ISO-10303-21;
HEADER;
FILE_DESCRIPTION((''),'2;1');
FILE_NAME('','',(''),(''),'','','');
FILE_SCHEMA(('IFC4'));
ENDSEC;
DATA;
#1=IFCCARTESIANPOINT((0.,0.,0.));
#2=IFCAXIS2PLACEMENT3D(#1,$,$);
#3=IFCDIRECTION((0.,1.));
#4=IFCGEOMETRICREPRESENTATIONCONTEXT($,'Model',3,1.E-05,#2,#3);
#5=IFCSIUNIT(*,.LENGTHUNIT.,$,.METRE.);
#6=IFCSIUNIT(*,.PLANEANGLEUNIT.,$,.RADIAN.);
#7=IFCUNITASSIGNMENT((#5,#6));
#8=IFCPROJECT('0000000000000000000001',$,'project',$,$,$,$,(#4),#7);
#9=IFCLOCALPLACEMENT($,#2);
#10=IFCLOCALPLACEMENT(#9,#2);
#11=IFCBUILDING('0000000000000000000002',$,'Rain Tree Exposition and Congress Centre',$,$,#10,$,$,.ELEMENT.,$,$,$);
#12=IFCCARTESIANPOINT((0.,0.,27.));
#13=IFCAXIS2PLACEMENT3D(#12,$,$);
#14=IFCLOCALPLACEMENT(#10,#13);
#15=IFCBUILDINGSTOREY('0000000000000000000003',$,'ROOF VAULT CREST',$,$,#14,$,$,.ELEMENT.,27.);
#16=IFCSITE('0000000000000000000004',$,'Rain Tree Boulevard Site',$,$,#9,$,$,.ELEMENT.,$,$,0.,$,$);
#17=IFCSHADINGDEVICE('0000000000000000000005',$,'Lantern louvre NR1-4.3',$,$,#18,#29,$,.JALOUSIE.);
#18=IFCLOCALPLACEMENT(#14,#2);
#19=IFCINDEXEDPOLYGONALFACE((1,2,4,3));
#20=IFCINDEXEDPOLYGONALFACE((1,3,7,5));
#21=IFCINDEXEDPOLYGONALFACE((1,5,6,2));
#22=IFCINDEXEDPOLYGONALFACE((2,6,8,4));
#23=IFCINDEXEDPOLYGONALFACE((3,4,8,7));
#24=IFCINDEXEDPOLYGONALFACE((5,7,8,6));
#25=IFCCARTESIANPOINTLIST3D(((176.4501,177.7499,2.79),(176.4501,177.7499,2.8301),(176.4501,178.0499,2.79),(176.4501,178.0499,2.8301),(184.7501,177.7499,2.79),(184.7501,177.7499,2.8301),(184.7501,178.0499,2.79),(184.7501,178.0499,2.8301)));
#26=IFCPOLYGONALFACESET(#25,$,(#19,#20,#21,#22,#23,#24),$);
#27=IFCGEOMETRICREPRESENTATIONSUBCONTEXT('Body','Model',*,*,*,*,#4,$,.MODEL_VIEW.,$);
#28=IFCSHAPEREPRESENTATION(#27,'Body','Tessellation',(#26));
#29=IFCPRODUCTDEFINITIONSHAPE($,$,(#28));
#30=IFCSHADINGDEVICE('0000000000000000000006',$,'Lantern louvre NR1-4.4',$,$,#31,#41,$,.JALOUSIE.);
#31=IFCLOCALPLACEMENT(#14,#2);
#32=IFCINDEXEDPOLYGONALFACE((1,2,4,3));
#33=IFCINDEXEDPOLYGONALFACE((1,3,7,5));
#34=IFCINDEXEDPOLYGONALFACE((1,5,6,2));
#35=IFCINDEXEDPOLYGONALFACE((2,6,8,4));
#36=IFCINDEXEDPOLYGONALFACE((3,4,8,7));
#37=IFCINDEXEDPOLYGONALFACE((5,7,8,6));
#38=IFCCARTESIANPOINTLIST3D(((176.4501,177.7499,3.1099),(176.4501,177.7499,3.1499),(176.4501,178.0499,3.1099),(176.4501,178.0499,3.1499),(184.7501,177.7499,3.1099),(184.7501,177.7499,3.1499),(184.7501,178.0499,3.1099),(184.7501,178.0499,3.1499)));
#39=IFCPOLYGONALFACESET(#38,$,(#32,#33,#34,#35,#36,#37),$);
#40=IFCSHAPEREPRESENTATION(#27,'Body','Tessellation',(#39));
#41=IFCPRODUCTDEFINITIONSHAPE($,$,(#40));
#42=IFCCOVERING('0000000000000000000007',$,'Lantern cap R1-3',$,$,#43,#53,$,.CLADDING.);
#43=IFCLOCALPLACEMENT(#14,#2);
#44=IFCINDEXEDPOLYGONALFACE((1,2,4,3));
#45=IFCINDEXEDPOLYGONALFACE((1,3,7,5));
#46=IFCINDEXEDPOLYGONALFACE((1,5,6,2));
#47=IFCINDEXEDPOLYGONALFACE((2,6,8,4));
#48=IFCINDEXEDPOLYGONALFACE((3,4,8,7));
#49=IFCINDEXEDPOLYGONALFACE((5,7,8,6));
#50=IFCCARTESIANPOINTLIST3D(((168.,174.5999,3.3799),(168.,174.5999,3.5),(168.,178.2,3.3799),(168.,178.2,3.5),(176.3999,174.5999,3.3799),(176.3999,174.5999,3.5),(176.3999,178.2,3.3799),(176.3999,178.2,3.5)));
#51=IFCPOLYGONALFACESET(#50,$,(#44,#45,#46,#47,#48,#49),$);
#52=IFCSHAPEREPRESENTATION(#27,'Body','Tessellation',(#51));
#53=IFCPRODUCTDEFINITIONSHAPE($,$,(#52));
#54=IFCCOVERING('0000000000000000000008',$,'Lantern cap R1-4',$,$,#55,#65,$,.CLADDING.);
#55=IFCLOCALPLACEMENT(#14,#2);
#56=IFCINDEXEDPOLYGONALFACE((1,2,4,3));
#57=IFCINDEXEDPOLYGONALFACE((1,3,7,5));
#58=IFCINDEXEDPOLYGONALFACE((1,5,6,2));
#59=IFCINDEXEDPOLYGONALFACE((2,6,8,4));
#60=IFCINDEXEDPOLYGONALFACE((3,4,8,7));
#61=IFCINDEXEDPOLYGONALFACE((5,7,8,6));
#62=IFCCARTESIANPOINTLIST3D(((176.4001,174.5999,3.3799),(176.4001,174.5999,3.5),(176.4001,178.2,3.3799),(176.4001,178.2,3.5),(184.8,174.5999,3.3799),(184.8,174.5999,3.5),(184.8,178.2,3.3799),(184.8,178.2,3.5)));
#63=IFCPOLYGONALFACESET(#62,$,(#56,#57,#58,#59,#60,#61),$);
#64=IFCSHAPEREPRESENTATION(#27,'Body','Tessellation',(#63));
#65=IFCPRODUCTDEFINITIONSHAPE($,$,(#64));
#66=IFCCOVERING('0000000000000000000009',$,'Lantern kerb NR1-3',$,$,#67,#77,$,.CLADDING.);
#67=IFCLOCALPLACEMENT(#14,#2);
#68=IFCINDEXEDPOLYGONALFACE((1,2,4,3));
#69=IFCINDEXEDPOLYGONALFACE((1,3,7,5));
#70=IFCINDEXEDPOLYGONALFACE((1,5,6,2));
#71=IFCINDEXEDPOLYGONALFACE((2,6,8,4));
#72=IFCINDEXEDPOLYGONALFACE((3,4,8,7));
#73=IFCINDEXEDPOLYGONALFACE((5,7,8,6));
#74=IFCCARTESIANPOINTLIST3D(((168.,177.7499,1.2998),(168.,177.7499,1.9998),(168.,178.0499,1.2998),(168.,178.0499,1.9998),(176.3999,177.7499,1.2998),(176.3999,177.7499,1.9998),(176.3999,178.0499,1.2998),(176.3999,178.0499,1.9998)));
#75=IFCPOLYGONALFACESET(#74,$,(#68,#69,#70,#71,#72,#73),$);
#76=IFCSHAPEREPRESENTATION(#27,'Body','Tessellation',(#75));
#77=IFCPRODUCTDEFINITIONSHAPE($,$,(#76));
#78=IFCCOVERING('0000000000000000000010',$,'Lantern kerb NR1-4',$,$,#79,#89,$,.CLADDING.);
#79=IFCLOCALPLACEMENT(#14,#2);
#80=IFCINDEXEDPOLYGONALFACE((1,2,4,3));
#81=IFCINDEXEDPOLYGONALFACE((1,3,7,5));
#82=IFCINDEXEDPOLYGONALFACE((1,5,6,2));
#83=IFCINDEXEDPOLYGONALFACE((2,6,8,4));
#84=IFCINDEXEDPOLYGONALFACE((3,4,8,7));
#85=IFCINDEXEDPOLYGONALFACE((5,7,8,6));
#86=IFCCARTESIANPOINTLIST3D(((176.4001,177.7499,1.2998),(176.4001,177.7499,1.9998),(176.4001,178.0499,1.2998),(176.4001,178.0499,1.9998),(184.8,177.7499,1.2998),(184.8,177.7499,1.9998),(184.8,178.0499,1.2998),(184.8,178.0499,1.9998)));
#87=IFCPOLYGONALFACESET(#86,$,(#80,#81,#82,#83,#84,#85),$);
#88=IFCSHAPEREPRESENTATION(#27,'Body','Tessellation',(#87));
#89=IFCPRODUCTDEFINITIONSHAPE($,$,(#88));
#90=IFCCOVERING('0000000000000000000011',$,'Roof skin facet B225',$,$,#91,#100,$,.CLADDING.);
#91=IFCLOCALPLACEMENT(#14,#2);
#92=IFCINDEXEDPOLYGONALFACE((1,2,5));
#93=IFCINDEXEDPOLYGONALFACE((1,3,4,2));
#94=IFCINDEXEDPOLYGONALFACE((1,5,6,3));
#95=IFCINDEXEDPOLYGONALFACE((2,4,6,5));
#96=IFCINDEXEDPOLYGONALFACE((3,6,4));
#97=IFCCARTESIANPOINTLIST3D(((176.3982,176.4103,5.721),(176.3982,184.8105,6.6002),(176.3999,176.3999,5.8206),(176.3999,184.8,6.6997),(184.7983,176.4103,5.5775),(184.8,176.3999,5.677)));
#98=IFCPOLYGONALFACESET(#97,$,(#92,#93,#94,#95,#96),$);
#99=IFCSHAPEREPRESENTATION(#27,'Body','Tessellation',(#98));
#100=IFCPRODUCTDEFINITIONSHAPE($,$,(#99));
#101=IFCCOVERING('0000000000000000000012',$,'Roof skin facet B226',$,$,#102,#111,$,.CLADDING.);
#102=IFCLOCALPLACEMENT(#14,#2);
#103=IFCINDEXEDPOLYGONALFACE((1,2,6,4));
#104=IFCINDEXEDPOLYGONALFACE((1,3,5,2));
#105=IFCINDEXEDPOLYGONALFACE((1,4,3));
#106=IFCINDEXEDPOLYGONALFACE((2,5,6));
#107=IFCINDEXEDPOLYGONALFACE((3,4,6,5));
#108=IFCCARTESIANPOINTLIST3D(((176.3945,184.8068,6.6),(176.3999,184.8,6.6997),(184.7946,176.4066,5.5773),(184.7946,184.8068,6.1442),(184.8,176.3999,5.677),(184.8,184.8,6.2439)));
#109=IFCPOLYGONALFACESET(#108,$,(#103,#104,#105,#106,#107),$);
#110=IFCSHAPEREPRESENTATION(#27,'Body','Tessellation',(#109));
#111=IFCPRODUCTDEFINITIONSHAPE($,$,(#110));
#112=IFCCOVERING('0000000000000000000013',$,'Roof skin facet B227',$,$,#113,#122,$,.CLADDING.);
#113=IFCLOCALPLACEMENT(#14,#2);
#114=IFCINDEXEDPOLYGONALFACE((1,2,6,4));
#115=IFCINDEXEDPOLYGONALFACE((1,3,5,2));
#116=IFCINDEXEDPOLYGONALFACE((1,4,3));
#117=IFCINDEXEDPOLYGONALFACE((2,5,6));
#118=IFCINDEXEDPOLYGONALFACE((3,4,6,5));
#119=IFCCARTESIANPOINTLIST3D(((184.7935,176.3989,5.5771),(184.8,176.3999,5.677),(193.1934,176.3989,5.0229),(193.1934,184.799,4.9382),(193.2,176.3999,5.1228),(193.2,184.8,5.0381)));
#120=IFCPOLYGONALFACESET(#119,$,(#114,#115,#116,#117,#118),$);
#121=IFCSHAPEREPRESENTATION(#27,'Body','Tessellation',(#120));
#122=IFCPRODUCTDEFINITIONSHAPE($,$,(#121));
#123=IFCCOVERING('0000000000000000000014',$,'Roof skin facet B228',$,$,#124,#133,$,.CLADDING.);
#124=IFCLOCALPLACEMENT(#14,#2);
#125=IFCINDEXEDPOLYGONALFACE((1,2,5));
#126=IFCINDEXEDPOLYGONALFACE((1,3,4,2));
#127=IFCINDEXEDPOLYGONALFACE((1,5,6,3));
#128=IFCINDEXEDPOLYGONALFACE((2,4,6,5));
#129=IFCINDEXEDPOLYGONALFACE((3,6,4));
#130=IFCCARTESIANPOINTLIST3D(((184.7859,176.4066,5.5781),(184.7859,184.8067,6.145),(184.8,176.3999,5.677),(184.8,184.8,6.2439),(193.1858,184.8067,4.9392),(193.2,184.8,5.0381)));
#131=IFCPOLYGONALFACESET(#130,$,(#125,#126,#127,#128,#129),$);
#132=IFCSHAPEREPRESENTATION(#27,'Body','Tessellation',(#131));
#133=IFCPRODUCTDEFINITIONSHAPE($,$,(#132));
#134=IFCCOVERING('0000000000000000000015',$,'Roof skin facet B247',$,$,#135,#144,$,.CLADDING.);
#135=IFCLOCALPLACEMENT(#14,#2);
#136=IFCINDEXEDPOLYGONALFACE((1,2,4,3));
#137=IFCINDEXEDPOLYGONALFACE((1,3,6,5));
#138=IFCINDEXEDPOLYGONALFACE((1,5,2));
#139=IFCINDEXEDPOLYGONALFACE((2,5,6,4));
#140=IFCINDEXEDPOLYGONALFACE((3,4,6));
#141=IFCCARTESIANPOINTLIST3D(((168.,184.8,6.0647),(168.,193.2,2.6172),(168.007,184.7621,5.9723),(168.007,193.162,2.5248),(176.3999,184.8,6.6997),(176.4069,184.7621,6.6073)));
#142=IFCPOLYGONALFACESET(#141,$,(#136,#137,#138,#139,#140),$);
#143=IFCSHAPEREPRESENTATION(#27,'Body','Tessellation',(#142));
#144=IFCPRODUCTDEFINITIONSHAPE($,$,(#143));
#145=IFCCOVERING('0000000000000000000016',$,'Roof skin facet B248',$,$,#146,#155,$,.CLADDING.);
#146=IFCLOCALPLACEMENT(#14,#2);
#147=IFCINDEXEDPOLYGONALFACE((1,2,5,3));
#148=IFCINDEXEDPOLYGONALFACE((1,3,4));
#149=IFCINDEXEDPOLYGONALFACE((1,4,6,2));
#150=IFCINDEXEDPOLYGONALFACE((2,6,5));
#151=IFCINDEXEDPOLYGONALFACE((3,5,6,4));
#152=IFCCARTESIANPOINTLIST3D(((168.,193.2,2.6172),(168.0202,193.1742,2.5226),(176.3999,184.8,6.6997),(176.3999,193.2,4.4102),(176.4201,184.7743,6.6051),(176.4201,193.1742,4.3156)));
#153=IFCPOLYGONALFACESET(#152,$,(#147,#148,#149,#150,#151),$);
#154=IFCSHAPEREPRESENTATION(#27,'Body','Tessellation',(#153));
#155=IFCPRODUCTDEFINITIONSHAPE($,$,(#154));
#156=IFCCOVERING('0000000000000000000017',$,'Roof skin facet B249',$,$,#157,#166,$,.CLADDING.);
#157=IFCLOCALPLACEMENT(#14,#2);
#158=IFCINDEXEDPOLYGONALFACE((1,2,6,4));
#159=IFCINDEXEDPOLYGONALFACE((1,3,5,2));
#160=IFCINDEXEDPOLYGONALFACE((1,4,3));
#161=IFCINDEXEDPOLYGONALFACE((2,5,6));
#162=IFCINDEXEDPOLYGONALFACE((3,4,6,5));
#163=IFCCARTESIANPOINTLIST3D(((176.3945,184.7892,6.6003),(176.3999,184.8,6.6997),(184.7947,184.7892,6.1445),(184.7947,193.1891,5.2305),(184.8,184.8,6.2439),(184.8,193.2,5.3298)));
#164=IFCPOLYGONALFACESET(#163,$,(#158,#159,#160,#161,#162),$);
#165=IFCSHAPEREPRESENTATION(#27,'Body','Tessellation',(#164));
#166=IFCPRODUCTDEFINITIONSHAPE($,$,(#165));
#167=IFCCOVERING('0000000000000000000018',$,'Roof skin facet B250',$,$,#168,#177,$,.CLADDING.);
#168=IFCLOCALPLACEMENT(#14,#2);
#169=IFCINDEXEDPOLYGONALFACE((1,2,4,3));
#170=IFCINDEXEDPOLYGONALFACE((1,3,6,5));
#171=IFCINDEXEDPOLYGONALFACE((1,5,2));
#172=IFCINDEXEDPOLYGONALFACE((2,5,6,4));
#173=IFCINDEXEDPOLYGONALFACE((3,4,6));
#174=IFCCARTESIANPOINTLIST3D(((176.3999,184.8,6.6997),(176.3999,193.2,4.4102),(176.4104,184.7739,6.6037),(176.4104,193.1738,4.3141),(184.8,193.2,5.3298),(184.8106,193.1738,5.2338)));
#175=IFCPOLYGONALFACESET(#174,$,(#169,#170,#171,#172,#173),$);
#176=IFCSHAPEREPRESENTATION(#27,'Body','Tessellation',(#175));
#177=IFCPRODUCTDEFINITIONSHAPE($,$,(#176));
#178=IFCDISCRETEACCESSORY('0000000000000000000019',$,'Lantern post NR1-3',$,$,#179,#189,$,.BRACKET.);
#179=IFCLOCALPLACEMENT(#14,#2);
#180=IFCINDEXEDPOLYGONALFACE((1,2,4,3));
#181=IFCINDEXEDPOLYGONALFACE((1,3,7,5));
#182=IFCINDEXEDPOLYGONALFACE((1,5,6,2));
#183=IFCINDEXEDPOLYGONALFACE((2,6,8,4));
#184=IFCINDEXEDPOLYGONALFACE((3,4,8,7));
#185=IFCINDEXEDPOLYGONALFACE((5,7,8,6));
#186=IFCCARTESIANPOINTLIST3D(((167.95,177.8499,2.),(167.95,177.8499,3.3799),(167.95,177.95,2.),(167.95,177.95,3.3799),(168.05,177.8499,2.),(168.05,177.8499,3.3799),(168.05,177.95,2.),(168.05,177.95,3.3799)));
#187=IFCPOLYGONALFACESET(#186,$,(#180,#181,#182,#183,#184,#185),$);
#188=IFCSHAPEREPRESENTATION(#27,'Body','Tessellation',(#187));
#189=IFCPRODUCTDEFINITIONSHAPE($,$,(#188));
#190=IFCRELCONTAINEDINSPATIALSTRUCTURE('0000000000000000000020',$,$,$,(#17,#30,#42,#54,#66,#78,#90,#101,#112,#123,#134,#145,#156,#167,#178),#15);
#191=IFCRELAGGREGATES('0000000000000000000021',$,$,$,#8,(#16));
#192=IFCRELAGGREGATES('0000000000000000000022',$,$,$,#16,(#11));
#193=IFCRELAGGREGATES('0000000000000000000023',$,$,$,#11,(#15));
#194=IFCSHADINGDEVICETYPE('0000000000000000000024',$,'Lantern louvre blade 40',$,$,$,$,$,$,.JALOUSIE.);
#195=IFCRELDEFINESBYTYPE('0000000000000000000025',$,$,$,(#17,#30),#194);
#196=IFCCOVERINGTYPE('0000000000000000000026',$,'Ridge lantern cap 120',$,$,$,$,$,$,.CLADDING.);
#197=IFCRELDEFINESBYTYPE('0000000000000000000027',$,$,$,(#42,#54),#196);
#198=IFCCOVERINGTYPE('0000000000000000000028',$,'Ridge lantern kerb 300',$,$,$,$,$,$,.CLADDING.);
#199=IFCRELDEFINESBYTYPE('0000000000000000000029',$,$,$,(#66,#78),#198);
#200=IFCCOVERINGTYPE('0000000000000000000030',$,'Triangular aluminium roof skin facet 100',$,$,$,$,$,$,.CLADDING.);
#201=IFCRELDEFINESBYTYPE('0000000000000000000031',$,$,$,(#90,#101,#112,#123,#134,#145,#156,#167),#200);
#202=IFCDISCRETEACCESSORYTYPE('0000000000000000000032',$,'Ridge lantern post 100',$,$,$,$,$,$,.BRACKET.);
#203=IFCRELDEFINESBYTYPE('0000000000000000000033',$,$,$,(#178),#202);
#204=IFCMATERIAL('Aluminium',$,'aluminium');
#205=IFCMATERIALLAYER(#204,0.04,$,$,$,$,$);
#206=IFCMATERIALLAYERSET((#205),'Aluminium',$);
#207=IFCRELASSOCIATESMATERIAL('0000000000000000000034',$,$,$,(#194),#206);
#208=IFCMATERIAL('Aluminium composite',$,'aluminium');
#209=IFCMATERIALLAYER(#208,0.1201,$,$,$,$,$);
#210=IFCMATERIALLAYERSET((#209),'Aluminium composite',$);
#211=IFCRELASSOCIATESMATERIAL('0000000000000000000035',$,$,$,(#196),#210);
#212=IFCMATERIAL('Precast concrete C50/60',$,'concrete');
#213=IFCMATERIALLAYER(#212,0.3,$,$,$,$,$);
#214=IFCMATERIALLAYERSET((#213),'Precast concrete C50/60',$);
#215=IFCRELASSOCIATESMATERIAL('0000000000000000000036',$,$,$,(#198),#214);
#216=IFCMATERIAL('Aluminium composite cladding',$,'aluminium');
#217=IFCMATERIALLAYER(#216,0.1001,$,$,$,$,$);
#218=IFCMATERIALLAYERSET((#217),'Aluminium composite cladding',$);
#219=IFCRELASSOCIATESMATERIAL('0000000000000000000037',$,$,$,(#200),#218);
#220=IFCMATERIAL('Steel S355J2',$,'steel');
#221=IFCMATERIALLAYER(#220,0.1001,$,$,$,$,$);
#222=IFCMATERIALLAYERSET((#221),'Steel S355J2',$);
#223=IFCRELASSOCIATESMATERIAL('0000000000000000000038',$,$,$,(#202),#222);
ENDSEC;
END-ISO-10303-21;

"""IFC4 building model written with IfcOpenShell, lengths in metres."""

from ifc_helpers import new_model, si_unit, direction, frame, origin, origin_2d, place, context, subcontext, project, spatial, polyline, rectangle, outline, extrude, material, layer, layer_set, type_object, element, save


model = new_model("IFC4")

# Units and contexts
model_context = context("Model", 3, precision=1e-05, world=origin(), true_north=direction((0.0, 1.0)))
body_context = subcontext(model_context, "Body", "Model", "MODEL_VIEW")
ifc_project = project(units=[si_unit("LENGTHUNIT", "METRE"), si_unit("PLANEANGLEUNIT", "RADIAN")], contexts=[model_context])

# Site, building, storey
site_placement = place(None, origin())
site = spatial("IfcSite", under=ifc_project, at=site_placement, Name="Rain Tree Boulevard Site", CompositionType="ELEMENT", RefElevation=0.0)
building_placement = place(site_placement, origin())
building = spatial("IfcBuilding", under=site, at=building_placement, Name="Rain Tree Exposition and Congress Centre", CompositionType="ELEMENT")
storey_placement = place(building_placement, frame((0.0, 0.0, 27.0)))
storey = spatial("IfcBuildingStorey", under=building, at=storey_placement, Name="ROOF VAULT CREST", CompositionType="ELEMENT", Elevation=27.0)

# Shading devices
ifc_material_1 = material(Name="Aluminium", Category="aluminium")
ifc_layer_1 = layer(ifc_material_1, 0.04)
ifc_layer_set_1 = layer_set([ifc_layer_1], Name="Aluminium")
shading_device_type = type_object("IfcShadingDeviceType", Name="Lantern louvre blade 40", PredefinedType="JALOUSIE", material=ifc_layer_set_1)
for number, where, z_axis, x_axis, name in (
    (1, (180.6001, 177.8999, 2.79), (0.0, 0.0, 1.0), (1.0, 0.0, 0.0), "Lantern louvre NR1-4.3"),
    (2, (180.6001, 177.8999, 3.1099), (0.0, 0.0, 1.0), (1.0, 0.0, 0.0), "Lantern louvre NR1-4.4"),
):
    element("IfcShadingDevice", number, at=place(storey_placement, frame(where, z_axis=z_axis, x_axis=x_axis)), inside=storey, type_object=shading_device_type, Name=name, PredefinedType="JALOUSIE", context=body_context, shape_type="SweptSolid", body=[
        extrude(rectangle(XDim=8.3, YDim=0.3, at=origin_2d()), origin(), (0.0, 0.0, 1.0), 0.04),
    ])

# Coverings
ifc_material_2 = material(Name="Aluminium composite", Category="aluminium")
ifc_layer_2 = layer(ifc_material_2, 0.1201)
ifc_layer_set_2 = layer_set([ifc_layer_2], Name="Aluminium composite")
covering_type_1 = type_object("IfcCoveringType", Name="Ridge lantern cap 120", PredefinedType="CLADDING", material=ifc_layer_set_2)
for number, where, z_axis, x_axis, name in (
    (3, (172.2, 176.3999, 3.3799), (0.0, 0.0, 1.0), (1.0, 0.0, 0.0), "Lantern cap R1-3"),
    (4, (180.6001, 176.3999, 3.3799), (0.0, 0.0, 1.0), (1.0, 0.0, 0.0), "Lantern cap R1-4"),
):
    element("IfcCovering", number, at=place(storey_placement, frame(where, z_axis=z_axis, x_axis=x_axis)), inside=storey, type_object=covering_type_1, Name=name, PredefinedType="CLADDING", context=body_context, shape_type="SweptSolid", body=[
        extrude(rectangle(XDim=8.3999, YDim=3.6001, at=origin_2d()), origin(), (0.0, 0.0, 1.0), 0.1201),
    ])
ifc_material_3 = material(Name="Precast concrete C50/60", Category="concrete")
ifc_layer_3 = layer(ifc_material_3, 0.3)
ifc_layer_set_3 = layer_set([ifc_layer_3], Name="Precast concrete C50/60")
covering_type_2 = type_object("IfcCoveringType", Name="Ridge lantern kerb 300", PredefinedType="CLADDING", material=ifc_layer_set_3)
for number, where, z_axis, x_axis, name in (
    (5, (172.2, 177.8999, 1.2998), (0.0, 0.0, 1.0), (1.0, 0.0, 0.0), "Lantern kerb NR1-3"),
    (6, (180.6001, 177.8999, 1.2998), (0.0, 0.0, 1.0), (1.0, 0.0, 0.0), "Lantern kerb NR1-4"),
):
    element("IfcCovering", number, at=place(storey_placement, frame(where, z_axis=z_axis, x_axis=x_axis)), inside=storey, type_object=covering_type_2, Name=name, PredefinedType="CLADDING", context=body_context, shape_type="SweptSolid", body=[
        extrude(rectangle(XDim=8.3999, YDim=0.3, at=origin_2d()), origin(), (0.0, 0.0, 1.0), 0.7),
    ])
ifc_material_4 = material(Name="Aluminium composite cladding", Category="aluminium")
ifc_layer_4 = layer(ifc_material_4, 0.1001)
ifc_layer_set_4 = layer_set([ifc_layer_4], Name="Aluminium composite cladding")
covering_type_3 = type_object("IfcCoveringType", Name="Triangular aluminium roof skin facet 100", PredefinedType="CLADDING", material=ifc_layer_set_4)
covering_1_placement = place(storey_placement, frame((176.3999, 176.3999, 5.8206), z_axis=(0.016994, -0.104075, 0.994424), x_axis=(0.999854, 0.0, -0.017087)))
element("IfcCovering", 7, at=covering_1_placement, inside=storey, type_object=covering_type_3, Name="Roof skin facet B225", PredefinedType="CLADDING", context=body_context, shape_type="SweptSolid", body=[
    extrude(outline(polyline([(0.0, 0.0), (8.4014, 0.0), (-0.015, 8.446), (0.0, 0.0)])), origin(), (0.0, 0.0, -1.0), 0.1001),
])
covering_2_placement = place(storey_placement, frame((184.8, 176.3999, 5.677), z_axis=(0.05406, -0.067235, 0.996272), x_axis=(0.0, 0.997731, 0.067333)))
element("IfcCovering", 8, at=covering_2_placement, inside=storey, type_object=covering_type_3, Name="Roof skin facet B226", PredefinedType="CLADDING", context=body_context, shape_type="SweptSolid", body=[
    extrude(outline(polyline([(0.0, 0.0), (8.4193, 0.0), (8.4499, 8.4124), (0.0, 0.0)])), origin(), (0.0, 0.0, -1.0), 0.1001),
])
covering_3_placement = place(storey_placement, frame((184.8, 176.3999, 5.677), z_axis=(0.06583, 0.010063, 0.99778), x_axis=(0.997831, 0.0, -0.065834)))
element("IfcCovering", 9, at=covering_3_placement, inside=storey, type_object=covering_type_3, Name="Roof skin facet B227", PredefinedType="CLADDING", context=body_context, shape_type="SweptSolid", body=[
    extrude(outline(polyline([(0.0, 0.0), (8.4182, 0.0), (8.4237, 8.4006), (0.0, 0.0)])), origin(), (0.0, 0.0, -1.0), 0.1001),
])
covering_4_placement = place(storey_placement, frame((184.8, 176.3999, 5.677), z_axis=(0.141778, -0.066653, 0.987652), x_axis=(0.706076, 0.706097, -0.053706)))
element("IfcCovering", 10, at=covering_4_placement, inside=storey, type_object=covering_type_3, Name="Roof skin facet B228", PredefinedType="CLADDING", context=body_context, shape_type="SweptSolid", body=[
    extrude(outline(polyline([(0.0, 0.0), (11.8966, 0.0), (5.9009, 6.0053), (0.0, 0.0)])), origin(), (0.0, 0.0, -1.0), 0.1001),
])
covering_5_placement = place(storey_placement, frame((168.0, 184.8, 6.0647), z_axis=(-0.069766, 0.378763, 0.92286), x_axis=(0.997155, 0.0, 0.075382)))
element("IfcCovering", 11, at=covering_5_placement, inside=storey, type_object=covering_type_3, Name="Roof skin facet B247", PredefinedType="CLADDING", context=body_context, shape_type="SweptSolid", body=[
    extrude(outline(polyline([(0.0, 0.0), (8.4239, 0.0), (-0.2599, 9.0761), (0.0, 0.0)])), origin(), (0.0, 0.0, -1.0), 0.1001),
])
covering_6_placement = place(storey_placement, frame((176.3999, 184.8, 6.6997), z_axis=(-0.201705, 0.25757, 0.944972), x_axis=(0.0, 0.964803, -0.262975)))
element("IfcCovering", 12, at=covering_6_placement, inside=storey, type_object=covering_type_3, Name="Roof skin facet B248", PredefinedType="CLADDING", context=body_context, shape_type="SweptSolid", body=[
    extrude(outline(polyline([(0.0, 0.0), (8.7063, 0.0), (9.1778, 8.5762), (0.0, 0.0)])), origin(), (0.0, 0.0, -1.0), 0.1001),
])
covering_7_placement = place(storey_placement, frame((176.3999, 184.8, 6.6997), z_axis=(0.053865, 0.108023, 0.992688), x_axis=(0.998531, 0.0, -0.054183)))
element("IfcCovering", 13, at=covering_7_placement, inside=storey, type_object=covering_type_3, Name="Roof skin facet B249", PredefinedType="CLADDING", context=body_context, shape_type="SweptSolid", body=[
    extrude(outline(polyline([(0.0, 0.0), (8.4125, 0.0), (8.462, 8.4493), (0.0, 0.0)])), origin(), (0.0, 0.0, -1.0), 0.1001),
])
covering_8_placement = place(storey_placement, frame((176.3999, 184.8, 6.6997), z_axis=(-0.105046, 0.26152, 0.959465), x_axis=(0.702462, 0.702442, -0.114556)))
element("IfcCovering", 14, at=covering_8_placement, inside=storey, type_object=covering_type_3, Name="Roof skin facet B250", PredefinedType="CLADDING", context=body_context, shape_type="SweptSolid", body=[
    extrude(outline(polyline([(0.0, 0.0), (11.9582, 0.0), (6.1627, 6.1499), (0.0, 0.0)])), origin(), (0.0, 0.0, -1.0), 0.1001),
])

# Discrete accessory
ifc_material_5 = material(Name="Steel S355J2", Category="steel")
ifc_layer_5 = layer(ifc_material_5, 0.1001)
ifc_layer_set_5 = layer_set([ifc_layer_5], Name="Steel S355J2")
discrete_accessory_type_1 = type_object("IfcDiscreteAccessoryType", Name="Ridge lantern post 100", PredefinedType="BRACKET", material=ifc_layer_set_5)
for number, where, z_axis, x_axis, name in (
    (15, (168.0, 177.8999, 2.0), (0.0, 0.0, 1.0), (1.0, 0.0, 0.0), "Lantern post NR1-3"),
):
    element("IfcDiscreteAccessory", number, at=place(storey_placement, frame(where, z_axis=z_axis, x_axis=x_axis)), inside=storey, type_object=discrete_accessory_type_1, Name=name, PredefinedType="BRACKET", context=body_context, shape_type="SweptSolid", body=[
        extrude(rectangle(XDim=0.1001, YDim=0.1001, at=origin_2d()), origin(), (0.0, 0.0, 1.0), 1.3799),
    ])

save(model, "model.ifc")
